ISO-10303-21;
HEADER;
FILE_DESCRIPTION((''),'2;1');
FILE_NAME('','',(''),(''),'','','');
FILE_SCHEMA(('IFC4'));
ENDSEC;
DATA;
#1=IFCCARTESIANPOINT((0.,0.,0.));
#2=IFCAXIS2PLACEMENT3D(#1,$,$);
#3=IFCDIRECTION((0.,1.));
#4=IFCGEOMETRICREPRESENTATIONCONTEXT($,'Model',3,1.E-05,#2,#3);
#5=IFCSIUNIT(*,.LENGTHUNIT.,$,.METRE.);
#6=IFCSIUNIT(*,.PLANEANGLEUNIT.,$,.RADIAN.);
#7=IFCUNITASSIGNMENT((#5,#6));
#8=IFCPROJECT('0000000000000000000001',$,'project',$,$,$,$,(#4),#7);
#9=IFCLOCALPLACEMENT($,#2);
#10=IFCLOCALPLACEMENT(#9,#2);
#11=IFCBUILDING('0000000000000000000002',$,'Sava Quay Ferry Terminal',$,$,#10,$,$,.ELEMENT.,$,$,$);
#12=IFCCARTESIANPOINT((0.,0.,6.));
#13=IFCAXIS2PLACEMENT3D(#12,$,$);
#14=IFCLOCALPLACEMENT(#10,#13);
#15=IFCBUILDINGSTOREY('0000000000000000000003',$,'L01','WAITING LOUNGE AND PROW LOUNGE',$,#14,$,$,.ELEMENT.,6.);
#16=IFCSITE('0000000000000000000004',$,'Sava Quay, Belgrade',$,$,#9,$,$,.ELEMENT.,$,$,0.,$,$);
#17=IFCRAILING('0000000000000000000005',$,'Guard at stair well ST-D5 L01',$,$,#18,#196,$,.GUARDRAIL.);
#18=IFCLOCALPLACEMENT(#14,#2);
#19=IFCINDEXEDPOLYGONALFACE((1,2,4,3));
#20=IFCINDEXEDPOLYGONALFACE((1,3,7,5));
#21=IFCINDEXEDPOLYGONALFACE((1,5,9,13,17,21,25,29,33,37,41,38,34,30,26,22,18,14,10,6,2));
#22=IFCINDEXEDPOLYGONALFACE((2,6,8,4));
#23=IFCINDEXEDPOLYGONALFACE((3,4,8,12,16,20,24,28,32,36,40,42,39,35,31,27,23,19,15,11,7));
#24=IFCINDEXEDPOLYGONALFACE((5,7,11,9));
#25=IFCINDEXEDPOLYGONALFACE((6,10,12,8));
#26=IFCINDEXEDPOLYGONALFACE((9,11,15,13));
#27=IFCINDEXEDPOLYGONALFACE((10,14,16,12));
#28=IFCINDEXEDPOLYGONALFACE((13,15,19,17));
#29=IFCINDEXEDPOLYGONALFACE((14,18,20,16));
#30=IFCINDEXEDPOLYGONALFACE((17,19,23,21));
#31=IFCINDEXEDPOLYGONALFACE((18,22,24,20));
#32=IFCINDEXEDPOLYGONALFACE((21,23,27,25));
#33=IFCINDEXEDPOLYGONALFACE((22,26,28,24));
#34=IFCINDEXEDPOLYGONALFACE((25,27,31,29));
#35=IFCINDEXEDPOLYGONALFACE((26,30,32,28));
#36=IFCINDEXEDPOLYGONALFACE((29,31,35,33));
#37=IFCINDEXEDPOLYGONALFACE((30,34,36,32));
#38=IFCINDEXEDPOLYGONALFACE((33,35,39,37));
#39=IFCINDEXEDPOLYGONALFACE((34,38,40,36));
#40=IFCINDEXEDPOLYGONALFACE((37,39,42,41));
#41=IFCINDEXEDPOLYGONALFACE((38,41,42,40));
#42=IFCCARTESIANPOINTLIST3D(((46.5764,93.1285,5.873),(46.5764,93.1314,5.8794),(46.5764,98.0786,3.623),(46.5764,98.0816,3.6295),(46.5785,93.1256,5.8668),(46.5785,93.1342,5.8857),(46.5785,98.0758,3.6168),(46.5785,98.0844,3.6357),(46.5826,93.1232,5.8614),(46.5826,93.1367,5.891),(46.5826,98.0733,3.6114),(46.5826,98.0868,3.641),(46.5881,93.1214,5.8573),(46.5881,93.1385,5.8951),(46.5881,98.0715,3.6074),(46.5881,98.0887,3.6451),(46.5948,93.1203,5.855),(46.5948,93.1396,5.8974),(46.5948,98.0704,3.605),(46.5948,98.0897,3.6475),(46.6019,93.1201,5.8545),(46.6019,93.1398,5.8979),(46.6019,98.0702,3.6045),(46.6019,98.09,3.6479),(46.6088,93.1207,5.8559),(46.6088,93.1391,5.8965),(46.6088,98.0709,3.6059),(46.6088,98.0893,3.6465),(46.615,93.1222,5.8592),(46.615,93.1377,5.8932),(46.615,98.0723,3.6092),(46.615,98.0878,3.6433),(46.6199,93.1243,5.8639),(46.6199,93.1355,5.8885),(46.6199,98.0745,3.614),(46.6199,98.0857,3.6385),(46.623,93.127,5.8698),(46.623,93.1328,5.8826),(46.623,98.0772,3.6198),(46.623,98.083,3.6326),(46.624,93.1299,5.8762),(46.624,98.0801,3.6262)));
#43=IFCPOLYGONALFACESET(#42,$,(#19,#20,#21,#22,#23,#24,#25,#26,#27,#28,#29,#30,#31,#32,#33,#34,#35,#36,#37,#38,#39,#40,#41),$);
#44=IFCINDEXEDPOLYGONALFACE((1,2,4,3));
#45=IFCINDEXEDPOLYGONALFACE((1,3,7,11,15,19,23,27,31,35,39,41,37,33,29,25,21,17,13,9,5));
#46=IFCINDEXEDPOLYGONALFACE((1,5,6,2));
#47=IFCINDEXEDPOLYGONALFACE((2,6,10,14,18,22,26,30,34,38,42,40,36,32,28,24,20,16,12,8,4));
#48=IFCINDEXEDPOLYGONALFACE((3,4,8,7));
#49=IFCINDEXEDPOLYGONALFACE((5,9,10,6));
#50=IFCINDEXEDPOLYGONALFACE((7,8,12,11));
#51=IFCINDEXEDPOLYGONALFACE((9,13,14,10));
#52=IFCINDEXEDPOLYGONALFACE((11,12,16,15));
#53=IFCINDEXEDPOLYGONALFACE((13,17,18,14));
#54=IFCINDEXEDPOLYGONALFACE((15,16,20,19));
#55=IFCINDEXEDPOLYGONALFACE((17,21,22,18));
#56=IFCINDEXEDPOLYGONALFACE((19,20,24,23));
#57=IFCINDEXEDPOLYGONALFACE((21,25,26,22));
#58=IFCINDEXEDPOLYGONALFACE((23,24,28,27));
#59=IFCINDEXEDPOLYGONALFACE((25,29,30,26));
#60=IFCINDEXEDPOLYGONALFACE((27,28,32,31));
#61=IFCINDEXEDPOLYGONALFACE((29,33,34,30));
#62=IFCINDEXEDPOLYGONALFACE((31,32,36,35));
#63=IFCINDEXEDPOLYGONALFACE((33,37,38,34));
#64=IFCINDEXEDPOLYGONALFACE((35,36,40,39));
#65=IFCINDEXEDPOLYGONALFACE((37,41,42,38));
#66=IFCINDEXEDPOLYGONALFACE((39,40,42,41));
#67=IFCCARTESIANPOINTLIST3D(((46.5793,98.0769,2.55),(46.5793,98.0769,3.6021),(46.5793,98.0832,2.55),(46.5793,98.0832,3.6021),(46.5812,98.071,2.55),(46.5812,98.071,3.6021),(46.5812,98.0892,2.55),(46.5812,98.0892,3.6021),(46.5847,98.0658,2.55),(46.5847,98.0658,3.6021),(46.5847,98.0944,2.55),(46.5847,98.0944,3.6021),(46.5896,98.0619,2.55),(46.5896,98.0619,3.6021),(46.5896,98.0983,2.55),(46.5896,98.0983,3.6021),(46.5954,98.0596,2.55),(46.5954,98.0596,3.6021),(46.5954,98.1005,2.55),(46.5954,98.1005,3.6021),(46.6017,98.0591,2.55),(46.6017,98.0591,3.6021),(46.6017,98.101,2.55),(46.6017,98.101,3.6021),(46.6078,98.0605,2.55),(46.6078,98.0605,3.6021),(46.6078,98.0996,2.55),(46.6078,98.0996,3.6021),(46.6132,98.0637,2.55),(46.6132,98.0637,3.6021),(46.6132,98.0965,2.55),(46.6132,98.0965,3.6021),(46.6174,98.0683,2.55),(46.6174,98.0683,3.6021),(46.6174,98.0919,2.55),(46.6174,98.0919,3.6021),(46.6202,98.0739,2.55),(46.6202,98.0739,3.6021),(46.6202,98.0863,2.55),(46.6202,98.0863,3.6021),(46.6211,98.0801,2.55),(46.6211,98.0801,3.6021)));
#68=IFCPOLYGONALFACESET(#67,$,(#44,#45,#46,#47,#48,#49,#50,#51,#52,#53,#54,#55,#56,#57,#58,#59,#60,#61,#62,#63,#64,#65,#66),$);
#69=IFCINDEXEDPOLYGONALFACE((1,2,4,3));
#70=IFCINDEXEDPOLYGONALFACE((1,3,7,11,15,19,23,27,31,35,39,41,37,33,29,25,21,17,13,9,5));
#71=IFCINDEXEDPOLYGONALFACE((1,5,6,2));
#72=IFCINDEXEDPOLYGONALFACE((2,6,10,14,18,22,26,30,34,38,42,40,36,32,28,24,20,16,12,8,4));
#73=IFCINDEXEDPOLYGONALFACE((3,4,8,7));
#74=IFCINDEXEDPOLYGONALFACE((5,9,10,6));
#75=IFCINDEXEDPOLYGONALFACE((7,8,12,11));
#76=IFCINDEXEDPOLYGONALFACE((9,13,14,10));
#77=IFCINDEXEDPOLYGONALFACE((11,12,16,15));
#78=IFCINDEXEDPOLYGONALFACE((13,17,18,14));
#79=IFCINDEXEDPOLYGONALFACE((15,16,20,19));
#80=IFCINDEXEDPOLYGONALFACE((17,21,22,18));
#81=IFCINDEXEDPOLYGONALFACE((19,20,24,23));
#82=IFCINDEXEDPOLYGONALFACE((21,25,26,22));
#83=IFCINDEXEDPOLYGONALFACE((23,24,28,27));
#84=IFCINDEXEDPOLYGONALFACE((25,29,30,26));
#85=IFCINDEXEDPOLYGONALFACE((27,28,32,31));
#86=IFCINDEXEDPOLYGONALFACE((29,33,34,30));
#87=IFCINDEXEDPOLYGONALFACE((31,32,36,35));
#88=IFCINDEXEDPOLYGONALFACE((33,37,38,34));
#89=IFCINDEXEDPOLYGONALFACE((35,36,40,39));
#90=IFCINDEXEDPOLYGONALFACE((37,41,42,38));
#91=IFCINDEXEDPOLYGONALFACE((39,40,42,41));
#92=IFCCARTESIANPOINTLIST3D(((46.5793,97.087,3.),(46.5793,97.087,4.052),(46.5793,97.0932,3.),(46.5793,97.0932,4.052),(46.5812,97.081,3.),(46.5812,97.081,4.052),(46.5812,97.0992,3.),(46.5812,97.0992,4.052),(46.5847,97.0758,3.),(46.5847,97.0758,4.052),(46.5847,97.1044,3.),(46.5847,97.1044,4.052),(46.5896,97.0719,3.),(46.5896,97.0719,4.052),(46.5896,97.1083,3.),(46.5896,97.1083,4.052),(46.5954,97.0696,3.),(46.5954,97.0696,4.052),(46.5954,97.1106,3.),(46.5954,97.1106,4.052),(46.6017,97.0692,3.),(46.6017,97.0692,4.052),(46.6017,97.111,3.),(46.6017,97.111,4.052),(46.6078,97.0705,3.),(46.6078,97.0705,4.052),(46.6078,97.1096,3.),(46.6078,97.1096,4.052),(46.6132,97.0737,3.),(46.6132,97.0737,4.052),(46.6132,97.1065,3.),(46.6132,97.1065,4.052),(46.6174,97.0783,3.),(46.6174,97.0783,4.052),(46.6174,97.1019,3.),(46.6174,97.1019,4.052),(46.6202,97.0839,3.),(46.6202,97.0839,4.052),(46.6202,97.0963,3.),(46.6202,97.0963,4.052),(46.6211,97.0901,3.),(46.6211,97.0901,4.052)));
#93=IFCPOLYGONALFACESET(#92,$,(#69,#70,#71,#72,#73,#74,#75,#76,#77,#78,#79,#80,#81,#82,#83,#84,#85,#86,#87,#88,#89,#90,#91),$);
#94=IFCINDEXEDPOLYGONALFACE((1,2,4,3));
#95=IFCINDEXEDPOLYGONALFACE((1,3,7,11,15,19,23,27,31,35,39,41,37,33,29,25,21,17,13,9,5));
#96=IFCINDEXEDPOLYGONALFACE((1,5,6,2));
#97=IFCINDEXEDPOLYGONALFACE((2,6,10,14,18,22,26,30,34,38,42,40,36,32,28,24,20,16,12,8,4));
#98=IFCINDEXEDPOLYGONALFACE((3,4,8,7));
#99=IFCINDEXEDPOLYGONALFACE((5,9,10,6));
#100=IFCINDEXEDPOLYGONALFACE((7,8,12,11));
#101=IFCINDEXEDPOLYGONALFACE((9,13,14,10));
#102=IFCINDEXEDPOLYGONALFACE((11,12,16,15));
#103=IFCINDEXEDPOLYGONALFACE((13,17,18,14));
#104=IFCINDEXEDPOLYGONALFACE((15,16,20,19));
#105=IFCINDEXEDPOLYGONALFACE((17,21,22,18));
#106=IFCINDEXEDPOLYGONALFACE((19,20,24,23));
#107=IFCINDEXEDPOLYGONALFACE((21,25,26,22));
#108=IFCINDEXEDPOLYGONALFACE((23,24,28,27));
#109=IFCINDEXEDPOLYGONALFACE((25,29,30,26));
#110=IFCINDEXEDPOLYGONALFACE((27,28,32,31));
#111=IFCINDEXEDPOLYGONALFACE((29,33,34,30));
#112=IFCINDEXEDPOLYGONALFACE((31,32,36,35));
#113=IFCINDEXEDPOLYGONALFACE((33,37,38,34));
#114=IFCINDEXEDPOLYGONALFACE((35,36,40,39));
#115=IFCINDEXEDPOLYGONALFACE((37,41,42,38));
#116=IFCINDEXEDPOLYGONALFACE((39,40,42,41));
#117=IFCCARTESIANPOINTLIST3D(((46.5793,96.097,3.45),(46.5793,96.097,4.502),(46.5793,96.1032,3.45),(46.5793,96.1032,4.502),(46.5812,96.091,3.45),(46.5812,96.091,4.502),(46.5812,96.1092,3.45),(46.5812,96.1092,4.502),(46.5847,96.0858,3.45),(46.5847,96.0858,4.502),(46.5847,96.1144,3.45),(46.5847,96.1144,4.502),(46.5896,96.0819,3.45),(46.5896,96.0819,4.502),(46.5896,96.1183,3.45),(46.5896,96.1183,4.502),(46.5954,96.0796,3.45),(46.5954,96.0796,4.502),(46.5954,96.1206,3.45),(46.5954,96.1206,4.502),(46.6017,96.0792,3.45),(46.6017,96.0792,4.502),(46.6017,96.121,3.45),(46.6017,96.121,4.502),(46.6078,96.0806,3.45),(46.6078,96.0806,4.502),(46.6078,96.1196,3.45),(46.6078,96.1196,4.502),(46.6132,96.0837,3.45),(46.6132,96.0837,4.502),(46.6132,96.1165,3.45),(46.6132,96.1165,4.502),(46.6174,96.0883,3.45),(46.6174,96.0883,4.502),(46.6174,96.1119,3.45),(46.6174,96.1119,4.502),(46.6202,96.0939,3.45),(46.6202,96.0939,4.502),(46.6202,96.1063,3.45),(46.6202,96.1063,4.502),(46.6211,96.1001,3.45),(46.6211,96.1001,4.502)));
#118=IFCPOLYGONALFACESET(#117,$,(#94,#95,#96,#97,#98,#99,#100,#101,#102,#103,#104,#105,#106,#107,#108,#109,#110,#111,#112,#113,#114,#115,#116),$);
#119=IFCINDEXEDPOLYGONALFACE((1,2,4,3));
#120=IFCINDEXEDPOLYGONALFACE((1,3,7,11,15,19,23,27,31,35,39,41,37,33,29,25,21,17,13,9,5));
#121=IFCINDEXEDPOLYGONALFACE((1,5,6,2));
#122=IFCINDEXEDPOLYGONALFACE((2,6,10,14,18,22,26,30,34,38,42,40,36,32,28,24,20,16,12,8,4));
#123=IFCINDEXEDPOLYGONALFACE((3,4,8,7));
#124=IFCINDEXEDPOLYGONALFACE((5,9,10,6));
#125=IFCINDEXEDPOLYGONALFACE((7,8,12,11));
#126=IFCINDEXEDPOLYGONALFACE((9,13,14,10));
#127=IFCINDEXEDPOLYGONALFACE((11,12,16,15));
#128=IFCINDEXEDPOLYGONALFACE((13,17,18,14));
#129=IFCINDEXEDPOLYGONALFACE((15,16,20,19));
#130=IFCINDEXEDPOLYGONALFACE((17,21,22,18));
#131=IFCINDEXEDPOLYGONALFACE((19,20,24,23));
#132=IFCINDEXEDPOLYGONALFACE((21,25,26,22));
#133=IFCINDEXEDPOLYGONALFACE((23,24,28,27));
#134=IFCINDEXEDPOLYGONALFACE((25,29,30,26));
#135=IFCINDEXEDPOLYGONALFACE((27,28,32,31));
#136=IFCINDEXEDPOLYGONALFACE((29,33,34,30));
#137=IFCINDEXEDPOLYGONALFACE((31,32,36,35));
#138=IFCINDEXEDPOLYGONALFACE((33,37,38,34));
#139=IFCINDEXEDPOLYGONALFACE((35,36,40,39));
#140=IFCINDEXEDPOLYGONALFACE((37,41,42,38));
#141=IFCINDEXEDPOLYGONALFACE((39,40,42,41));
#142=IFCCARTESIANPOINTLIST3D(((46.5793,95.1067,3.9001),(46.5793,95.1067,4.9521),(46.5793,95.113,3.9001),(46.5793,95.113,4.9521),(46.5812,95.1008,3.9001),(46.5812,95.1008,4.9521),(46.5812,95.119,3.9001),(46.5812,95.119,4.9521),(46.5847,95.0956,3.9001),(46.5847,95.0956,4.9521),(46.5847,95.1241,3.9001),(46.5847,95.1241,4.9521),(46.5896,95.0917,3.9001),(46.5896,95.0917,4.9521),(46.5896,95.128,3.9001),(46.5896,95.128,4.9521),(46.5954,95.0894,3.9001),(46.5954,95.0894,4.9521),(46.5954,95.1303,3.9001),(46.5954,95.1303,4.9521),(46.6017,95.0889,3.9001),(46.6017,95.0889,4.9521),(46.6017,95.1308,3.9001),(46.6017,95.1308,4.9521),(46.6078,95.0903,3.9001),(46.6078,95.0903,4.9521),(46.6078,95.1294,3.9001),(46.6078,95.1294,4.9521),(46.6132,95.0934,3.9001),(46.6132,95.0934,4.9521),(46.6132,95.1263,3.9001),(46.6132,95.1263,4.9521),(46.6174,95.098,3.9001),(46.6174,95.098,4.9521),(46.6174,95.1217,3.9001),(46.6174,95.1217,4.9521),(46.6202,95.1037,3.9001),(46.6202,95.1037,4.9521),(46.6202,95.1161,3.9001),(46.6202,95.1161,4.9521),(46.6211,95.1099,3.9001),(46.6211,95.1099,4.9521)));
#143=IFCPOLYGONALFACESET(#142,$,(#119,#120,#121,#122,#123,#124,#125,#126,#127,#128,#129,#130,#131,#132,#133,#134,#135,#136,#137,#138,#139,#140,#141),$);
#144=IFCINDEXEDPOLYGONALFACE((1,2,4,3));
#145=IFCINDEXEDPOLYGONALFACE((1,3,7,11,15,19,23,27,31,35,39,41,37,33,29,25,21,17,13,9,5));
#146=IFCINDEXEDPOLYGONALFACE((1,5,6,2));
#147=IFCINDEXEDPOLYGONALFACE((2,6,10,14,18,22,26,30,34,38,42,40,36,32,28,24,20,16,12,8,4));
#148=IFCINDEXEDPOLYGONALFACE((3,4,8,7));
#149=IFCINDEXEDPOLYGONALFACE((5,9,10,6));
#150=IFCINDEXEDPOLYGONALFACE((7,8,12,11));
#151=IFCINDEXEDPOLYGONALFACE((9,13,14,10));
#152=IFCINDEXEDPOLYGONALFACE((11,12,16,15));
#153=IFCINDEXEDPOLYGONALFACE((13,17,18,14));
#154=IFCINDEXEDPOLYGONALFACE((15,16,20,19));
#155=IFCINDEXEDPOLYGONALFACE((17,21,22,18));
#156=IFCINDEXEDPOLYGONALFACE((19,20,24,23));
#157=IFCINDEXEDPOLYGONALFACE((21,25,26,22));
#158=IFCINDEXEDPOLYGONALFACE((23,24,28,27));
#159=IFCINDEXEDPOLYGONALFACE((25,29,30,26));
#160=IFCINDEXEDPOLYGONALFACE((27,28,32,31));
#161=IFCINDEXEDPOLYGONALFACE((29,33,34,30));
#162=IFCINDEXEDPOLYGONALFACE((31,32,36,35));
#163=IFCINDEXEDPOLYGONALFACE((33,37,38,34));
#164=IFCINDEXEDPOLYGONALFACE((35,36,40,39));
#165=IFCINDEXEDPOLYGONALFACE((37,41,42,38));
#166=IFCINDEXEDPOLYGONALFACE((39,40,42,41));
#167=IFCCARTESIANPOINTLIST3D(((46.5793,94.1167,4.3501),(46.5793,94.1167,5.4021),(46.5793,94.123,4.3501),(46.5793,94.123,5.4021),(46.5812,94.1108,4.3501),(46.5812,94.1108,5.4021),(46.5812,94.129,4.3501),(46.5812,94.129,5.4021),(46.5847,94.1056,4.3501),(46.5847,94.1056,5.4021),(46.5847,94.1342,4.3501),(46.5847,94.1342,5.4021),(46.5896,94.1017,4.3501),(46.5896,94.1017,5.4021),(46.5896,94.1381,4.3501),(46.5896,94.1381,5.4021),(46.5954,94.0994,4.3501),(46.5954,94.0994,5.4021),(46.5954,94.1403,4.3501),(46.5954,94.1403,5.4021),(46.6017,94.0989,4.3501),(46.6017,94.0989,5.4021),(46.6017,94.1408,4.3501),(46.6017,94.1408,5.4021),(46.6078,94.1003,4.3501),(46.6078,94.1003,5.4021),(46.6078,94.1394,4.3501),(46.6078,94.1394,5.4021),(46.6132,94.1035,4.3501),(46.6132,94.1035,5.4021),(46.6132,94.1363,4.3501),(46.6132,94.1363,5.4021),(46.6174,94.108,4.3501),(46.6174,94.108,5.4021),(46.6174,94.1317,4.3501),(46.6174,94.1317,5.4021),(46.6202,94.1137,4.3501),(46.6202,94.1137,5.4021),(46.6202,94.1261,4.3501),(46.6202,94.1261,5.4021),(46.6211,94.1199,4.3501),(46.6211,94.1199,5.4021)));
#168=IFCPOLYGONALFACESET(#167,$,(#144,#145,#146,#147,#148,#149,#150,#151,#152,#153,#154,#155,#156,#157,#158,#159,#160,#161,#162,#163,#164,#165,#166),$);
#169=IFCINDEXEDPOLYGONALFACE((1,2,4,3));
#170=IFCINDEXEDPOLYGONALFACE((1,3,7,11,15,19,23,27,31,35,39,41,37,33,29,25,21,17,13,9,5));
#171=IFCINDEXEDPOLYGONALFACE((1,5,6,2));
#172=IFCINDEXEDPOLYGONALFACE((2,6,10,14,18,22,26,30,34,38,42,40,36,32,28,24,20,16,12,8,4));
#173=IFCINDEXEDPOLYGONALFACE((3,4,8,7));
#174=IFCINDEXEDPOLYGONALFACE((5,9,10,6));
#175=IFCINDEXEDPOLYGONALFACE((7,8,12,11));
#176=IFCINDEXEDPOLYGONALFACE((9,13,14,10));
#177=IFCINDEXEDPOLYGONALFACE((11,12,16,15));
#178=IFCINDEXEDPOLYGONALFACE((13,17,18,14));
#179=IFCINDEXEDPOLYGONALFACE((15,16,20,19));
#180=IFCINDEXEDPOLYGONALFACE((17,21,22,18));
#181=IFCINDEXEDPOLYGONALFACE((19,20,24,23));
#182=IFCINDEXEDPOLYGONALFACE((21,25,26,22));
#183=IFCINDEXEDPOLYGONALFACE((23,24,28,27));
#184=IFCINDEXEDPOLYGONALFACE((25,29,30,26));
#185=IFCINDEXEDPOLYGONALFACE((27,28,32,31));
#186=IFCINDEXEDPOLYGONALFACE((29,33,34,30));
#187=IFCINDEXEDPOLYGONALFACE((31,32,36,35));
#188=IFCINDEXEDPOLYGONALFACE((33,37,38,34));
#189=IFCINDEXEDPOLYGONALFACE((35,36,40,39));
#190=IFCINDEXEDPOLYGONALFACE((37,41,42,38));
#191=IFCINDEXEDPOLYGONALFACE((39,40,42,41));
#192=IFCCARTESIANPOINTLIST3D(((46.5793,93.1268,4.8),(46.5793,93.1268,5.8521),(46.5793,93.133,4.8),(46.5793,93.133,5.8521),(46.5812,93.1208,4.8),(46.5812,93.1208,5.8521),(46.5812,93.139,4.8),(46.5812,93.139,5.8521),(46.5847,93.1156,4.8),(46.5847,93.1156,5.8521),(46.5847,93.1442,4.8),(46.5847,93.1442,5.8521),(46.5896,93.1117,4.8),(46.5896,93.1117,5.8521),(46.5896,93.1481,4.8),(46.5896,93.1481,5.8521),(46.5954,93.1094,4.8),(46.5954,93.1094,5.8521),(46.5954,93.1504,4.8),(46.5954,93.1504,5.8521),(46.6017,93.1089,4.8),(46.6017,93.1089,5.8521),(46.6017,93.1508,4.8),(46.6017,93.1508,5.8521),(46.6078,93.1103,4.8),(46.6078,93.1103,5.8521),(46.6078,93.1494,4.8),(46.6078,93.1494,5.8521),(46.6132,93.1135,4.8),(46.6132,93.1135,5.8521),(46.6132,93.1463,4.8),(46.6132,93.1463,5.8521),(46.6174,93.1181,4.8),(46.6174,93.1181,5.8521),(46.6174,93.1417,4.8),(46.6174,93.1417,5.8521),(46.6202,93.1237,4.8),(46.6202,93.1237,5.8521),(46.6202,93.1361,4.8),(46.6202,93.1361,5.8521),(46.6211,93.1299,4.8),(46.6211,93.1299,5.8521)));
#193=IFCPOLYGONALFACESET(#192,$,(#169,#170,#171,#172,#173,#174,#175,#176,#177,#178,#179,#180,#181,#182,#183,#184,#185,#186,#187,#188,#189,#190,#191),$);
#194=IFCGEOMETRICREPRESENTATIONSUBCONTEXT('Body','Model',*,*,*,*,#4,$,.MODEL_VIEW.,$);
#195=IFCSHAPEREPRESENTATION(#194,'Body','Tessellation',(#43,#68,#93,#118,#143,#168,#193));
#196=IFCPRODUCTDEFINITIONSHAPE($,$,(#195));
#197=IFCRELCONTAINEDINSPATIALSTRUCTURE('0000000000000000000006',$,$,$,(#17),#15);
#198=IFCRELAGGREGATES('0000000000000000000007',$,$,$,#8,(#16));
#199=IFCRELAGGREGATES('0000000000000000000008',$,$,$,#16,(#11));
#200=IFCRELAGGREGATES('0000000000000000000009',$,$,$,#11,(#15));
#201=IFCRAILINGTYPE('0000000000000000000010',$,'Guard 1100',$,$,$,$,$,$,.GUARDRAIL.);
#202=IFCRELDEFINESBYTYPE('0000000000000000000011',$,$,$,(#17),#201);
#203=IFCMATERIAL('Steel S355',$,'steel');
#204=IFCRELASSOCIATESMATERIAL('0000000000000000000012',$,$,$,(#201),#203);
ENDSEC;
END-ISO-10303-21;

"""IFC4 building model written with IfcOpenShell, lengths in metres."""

from ifc_helpers import new_model, si_unit, direction, frame, origin, origin_2d, place, context, subcontext, project, spatial, circle, extrude, material, type_object, element, save


model = new_model("IFC4")

# Units and contexts
model_context = context("Model", 3, precision=1e-05, world=origin(), true_north=direction((0.0, 1.0)))
body_context = subcontext(model_context, "Body", "Model", "MODEL_VIEW")
ifc_project = project(units=[si_unit("LENGTHUNIT", "METRE"), si_unit("PLANEANGLEUNIT", "RADIAN")], contexts=[model_context])

# Site, building, storey
site_placement = place(None, origin())
site = spatial("IfcSite", under=ifc_project, at=site_placement, Name="Sava Quay, Belgrade", CompositionType="ELEMENT", RefElevation=0.0)
building_placement = place(site_placement, origin())
building = spatial("IfcBuilding", under=site, at=building_placement, Name="Sava Quay Ferry Terminal", CompositionType="ELEMENT")
storey_placement = place(building_placement, frame((0.0, 0.0, 6.0)))
storey = spatial("IfcBuildingStorey", under=building, at=storey_placement, Name="L01", Description="WAITING LOUNGE AND PROW LOUNGE", CompositionType="ELEMENT", Elevation=6.0)

# Railing
ifc_material_1 = material(Name="Steel S355", Category="steel")
railing_type_1 = type_object("IfcRailingType", Name="Guard 1100", PredefinedType="GUARDRAIL", material=ifc_material_1)
railing_1_placement = place(storey_placement, frame((46.6001, 98.0801, 2.55)))
element("IfcRailing", 1, at=railing_1_placement, inside=storey, type_object=railing_type_1, Name="Guard at stair well ST-D5 L01", PredefinedType="GUARDRAIL", context=body_context, shape_type="SweptSolid", body=[
    extrude(circle(Radius=0.0239, at=origin_2d()), frame((0.0, 0.0, 1.0762), z_axis=(0.0, -0.910373, 0.413789), x_axis=(1.0, 0.0, 0.0)), (0.0, 0.0, 1.0), 5.4375),
    extrude(circle(Radius=0.021, at=origin_2d()), origin(), (0.0, 0.0, 1.0), 1.052),
    extrude(circle(Radius=0.021, at=origin_2d()), frame((0.0, -0.99, 0.45)), (0.0, 0.0, 1.0), 1.052),
    extrude(circle(Radius=0.021, at=origin_2d()), frame((0.0, -1.98, 0.8999)), (0.0, 0.0, 1.0), 1.052),
    extrude(circle(Radius=0.021, at=origin_2d()), frame((0.0, -2.9702, 1.3501)), (0.0, 0.0, 1.0), 1.052),
    extrude(circle(Radius=0.021, at=origin_2d()), frame((0.0, -3.9602, 1.8)), (0.0, 0.0, 1.0), 1.052),
    extrude(circle(Radius=0.021, at=origin_2d()), frame((0.0, -4.9502, 2.25)), (0.0, 0.0, 1.0), 1.052),
])

save(model, "model.ifc")
